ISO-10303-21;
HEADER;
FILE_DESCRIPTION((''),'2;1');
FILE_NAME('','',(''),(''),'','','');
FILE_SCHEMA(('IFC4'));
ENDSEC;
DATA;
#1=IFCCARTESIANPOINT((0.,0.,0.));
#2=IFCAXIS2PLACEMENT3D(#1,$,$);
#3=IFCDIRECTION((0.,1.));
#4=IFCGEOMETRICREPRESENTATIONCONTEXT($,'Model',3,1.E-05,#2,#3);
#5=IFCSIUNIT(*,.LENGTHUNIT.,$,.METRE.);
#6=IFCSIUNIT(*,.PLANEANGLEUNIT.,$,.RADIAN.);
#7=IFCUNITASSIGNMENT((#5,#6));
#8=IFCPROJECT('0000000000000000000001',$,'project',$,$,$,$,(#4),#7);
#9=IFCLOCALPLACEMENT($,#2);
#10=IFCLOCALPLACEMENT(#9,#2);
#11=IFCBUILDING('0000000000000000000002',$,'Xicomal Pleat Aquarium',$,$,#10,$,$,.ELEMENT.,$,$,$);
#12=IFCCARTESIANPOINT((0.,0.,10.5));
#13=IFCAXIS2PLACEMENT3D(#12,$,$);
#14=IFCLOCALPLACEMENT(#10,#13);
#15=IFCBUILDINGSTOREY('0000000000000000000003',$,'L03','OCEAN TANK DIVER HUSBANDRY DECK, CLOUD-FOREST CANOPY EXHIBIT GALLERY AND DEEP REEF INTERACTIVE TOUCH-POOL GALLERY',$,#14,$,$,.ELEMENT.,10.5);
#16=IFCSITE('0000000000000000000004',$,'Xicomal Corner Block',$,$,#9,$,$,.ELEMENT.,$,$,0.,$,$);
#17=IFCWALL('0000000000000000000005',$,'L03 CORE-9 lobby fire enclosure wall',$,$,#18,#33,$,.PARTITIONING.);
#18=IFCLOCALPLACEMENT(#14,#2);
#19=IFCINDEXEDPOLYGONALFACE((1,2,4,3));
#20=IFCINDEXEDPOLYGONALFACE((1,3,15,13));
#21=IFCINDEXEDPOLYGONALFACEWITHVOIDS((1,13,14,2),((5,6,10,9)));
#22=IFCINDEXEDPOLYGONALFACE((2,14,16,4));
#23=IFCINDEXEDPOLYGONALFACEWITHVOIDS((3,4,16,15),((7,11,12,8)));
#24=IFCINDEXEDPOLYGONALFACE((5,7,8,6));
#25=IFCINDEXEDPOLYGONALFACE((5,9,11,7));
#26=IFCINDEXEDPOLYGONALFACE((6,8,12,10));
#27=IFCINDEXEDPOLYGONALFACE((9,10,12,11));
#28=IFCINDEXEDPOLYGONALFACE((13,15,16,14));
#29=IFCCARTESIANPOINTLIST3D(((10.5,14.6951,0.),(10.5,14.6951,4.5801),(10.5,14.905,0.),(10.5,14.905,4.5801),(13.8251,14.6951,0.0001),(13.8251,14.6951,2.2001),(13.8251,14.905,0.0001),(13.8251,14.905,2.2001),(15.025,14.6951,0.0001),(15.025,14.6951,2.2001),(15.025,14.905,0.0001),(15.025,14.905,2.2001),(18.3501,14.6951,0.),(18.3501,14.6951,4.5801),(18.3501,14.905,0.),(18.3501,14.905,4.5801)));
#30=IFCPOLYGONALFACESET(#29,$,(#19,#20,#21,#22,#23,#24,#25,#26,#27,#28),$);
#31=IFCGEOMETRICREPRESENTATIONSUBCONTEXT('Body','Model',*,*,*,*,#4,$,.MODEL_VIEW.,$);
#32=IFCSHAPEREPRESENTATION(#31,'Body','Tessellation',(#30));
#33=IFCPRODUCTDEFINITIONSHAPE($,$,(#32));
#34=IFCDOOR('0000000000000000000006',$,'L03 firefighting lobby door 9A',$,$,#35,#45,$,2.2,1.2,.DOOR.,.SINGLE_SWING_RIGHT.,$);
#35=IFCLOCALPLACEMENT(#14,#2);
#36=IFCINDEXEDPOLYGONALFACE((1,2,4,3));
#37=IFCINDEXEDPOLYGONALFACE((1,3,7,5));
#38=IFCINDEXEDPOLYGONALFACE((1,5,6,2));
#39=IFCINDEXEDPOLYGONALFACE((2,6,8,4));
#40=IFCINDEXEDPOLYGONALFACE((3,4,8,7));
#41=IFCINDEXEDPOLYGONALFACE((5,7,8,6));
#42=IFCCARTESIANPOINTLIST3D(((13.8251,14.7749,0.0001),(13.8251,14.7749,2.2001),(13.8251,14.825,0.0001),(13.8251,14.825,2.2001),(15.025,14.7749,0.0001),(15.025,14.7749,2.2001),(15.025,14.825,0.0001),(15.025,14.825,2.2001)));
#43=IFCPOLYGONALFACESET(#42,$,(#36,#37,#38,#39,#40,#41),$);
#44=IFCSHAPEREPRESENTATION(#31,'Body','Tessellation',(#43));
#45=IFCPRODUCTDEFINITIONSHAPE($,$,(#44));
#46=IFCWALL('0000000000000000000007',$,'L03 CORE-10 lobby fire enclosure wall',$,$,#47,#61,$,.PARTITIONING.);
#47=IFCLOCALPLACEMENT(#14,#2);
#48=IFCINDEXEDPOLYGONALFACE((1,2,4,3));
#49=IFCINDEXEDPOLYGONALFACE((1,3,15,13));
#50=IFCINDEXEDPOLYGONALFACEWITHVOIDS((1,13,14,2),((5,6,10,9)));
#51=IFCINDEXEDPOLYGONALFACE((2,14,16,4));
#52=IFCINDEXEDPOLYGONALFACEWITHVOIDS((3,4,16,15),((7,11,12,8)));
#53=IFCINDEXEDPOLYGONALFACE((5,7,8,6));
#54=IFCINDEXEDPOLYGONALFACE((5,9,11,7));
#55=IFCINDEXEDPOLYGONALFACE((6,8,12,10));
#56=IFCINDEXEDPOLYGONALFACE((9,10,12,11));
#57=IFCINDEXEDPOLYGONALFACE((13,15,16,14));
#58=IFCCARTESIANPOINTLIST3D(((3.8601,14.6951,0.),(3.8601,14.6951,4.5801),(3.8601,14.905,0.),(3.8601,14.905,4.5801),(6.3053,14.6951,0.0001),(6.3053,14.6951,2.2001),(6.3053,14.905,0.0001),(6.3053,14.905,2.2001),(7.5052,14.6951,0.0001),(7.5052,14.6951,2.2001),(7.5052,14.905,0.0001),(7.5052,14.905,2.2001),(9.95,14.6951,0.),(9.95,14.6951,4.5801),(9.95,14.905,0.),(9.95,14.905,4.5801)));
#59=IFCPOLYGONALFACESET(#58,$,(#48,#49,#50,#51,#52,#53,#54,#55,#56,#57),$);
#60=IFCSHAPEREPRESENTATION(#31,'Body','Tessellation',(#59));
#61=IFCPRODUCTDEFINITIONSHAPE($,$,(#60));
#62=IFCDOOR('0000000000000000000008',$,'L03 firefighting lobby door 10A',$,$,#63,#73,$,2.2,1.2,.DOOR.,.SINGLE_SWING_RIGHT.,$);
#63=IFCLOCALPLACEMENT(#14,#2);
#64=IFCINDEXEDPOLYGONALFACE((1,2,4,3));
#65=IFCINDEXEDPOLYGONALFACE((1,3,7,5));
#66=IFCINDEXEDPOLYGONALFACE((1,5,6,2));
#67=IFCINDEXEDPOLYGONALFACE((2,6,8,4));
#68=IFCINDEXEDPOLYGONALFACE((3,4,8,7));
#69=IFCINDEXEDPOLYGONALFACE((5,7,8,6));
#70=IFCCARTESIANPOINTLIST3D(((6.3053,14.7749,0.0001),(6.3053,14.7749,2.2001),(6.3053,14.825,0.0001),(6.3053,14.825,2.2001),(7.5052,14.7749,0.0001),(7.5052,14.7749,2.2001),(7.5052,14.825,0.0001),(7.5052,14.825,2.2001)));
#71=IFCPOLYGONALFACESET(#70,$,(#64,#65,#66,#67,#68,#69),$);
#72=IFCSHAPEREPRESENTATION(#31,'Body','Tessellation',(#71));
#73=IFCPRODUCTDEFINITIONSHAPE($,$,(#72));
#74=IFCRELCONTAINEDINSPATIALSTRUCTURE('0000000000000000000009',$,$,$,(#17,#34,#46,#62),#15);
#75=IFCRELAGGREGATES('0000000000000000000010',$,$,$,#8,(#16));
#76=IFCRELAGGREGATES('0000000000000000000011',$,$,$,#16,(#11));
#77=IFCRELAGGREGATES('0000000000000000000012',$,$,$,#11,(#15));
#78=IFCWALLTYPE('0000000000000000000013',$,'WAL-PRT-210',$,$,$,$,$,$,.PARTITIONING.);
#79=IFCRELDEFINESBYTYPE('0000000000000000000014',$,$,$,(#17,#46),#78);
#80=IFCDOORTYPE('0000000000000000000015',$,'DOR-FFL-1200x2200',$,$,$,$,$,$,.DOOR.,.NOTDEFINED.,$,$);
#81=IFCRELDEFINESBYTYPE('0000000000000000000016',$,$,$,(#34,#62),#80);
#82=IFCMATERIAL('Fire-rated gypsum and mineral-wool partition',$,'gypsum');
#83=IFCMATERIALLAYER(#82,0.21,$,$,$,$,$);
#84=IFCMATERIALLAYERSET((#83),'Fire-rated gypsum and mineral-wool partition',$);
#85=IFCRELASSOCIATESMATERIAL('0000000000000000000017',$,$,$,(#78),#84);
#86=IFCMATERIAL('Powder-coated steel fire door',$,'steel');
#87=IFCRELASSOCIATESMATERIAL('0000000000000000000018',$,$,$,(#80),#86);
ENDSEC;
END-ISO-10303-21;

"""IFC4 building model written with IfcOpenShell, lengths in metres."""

from ifc_helpers import new_model, si_unit, direction, frame, frame_2d, origin, place, context, subcontext, project, spatial, rectangle, extrude, material, layer, layer_set, type_object, element, fill, save


model = new_model("IFC4")

# Units and contexts
model_context = context("Model", 3, precision=1e-05, world=origin(), true_north=direction((0.0, 1.0)))
body_context = subcontext(model_context, "Body", "Model", "MODEL_VIEW")
ifc_project = project(units=[si_unit("LENGTHUNIT", "METRE"), si_unit("PLANEANGLEUNIT", "RADIAN")], contexts=[model_context])

# Site, building, storey
site_placement = place(None, origin())
site = spatial("IfcSite", under=ifc_project, at=site_placement, Name="Xicomal Corner Block", CompositionType="ELEMENT", RefElevation=0.0)
building_placement = place(site_placement, origin())
building = spatial("IfcBuilding", under=site, at=building_placement, Name="Xicomal Pleat Aquarium", CompositionType="ELEMENT")
storey_placement = place(building_placement, frame((0.0, 0.0, 10.5)))
storey = spatial("IfcBuildingStorey", under=building, at=storey_placement, Name="L03", Description="OCEAN TANK DIVER HUSBANDRY DECK, CLOUD-FOREST CANOPY EXHIBIT GALLERY AND DEEP REEF INTERACTIVE TOUCH-POOL GALLERY", CompositionType="ELEMENT", Elevation=10.5)

# Walls, openings, doors
ifc_material_1 = material(Name="Fire-rated gypsum and mineral-wool partition", Category="gypsum")
ifc_layer_1 = layer(ifc_material_1, 0.21)
ifc_layer_set_1 = layer_set([ifc_layer_1], Name="Fire-rated gypsum and mineral-wool partition")
wall_type_1 = type_object("IfcWallType", Name="WAL-PRT-210", PredefinedType="PARTITIONING", material=ifc_layer_set_1)
wall_1_placement = place(storey_placement, frame((10.5, 14.8, 0.0), z_axis=(0.0, 0.0, 1.0), x_axis=(1.0, 0.0, 0.0)))
wall_1 = element("IfcWall", 1, at=wall_1_placement, inside=storey, type_object=wall_type_1, Name="L03 CORE-9 lobby fire enclosure wall", PredefinedType="PARTITIONING", context=body_context, shape_type="SweptSolid", body=[
    extrude(rectangle(XDim=7.8501, YDim=0.21, at=frame_2d((3.925, 0.0))), origin(), (0.0, 0.0, 1.0), 4.5801),
])
opening_1_placement = place(wall_1_placement, frame((3.325, 0.0, 0.0)))
opening_1 = element("IfcOpeningElement", 2, at=opening_1_placement, cuts=wall_1, PredefinedType="OPENING", context=body_context, shape_type="SweptSolid", body=[
    extrude(rectangle(XDim=1.2, YDim=2.2, at=frame_2d((0.6001, 1.1001))), frame((0.0, 0.115, 0.0), z_axis=(0.0, -1.0, 0.0), x_axis=(1.0, 0.0, 0.0)), (0.0, 0.0, 1.0), 0.23),
])
ifc_material_2 = material(Name="Powder-coated steel fire door", Category="steel")
door_type_1 = type_object("IfcDoorType", Name="DOR-FFL-1200x2200", OperationType="NOTDEFINED", PredefinedType="DOOR", material=ifc_material_2)
door_1_placement = place(opening_1_placement, origin())
door_1 = element("IfcDoor", 3, at=door_1_placement, inside=storey, type_object=door_type_1, Name="L03 firefighting lobby door 9A", OperationType="SINGLE_SWING_RIGHT", OverallHeight=2.2, OverallWidth=1.2, PredefinedType="DOOR", context=body_context, shape_type="SweptSolid", body=[
    extrude(rectangle(XDim=1.2, YDim=2.2, at=frame_2d((0.6001, 1.1001))), frame((0.0, 0.0249, 0.0), z_axis=(0.0, -1.0, 0.0), x_axis=(1.0, 0.0, 0.0)), (0.0, 0.0, 1.0), 0.05),
])
fill(opening_1, door_1)
wall_2_placement = place(storey_placement, frame((3.8601, 14.8, 0.0), z_axis=(0.0, 0.0, 1.0), x_axis=(1.0, 0.0, 0.0)))
wall_2 = element("IfcWall", 4, at=wall_2_placement, inside=storey, type_object=wall_type_1, Name="L03 CORE-10 lobby fire enclosure wall", PredefinedType="PARTITIONING", context=body_context, shape_type="SweptSolid", body=[
    extrude(rectangle(XDim=6.0898, YDim=0.21, at=frame_2d((3.0449, 0.0))), origin(), (0.0, 0.0, 1.0), 4.5801),
])
opening_2_placement = place(wall_2_placement, frame((2.4451, 0.0, 0.0)))
opening_2 = element("IfcOpeningElement", 5, at=opening_2_placement, cuts=wall_2, PredefinedType="OPENING", context=body_context, shape_type="SweptSolid", body=[
    extrude(rectangle(XDim=1.2, YDim=2.2, at=frame_2d((0.6001, 1.1001))), frame((0.0, 0.115, 0.0), z_axis=(0.0, -1.0, 0.0), x_axis=(1.0, 0.0, 0.0)), (0.0, 0.0, 1.0), 0.23),
])
door_2_placement = place(opening_2_placement, origin())
door_2 = element("IfcDoor", 6, at=door_2_placement, inside=storey, type_object=door_type_1, Name="L03 firefighting lobby door 10A", OperationType="SINGLE_SWING_RIGHT", OverallHeight=2.2, OverallWidth=1.2, PredefinedType="DOOR", context=body_context, shape_type="SweptSolid", body=[
    extrude(rectangle(XDim=1.2, YDim=2.2, at=frame_2d((0.6001, 1.1001))), frame((0.0, 0.0249, 0.0), z_axis=(0.0, -1.0, 0.0), x_axis=(1.0, 0.0, 0.0)), (0.0, 0.0, 1.0), 0.05),
])
fill(opening_2, door_2)

save(model, "model.ifc")
